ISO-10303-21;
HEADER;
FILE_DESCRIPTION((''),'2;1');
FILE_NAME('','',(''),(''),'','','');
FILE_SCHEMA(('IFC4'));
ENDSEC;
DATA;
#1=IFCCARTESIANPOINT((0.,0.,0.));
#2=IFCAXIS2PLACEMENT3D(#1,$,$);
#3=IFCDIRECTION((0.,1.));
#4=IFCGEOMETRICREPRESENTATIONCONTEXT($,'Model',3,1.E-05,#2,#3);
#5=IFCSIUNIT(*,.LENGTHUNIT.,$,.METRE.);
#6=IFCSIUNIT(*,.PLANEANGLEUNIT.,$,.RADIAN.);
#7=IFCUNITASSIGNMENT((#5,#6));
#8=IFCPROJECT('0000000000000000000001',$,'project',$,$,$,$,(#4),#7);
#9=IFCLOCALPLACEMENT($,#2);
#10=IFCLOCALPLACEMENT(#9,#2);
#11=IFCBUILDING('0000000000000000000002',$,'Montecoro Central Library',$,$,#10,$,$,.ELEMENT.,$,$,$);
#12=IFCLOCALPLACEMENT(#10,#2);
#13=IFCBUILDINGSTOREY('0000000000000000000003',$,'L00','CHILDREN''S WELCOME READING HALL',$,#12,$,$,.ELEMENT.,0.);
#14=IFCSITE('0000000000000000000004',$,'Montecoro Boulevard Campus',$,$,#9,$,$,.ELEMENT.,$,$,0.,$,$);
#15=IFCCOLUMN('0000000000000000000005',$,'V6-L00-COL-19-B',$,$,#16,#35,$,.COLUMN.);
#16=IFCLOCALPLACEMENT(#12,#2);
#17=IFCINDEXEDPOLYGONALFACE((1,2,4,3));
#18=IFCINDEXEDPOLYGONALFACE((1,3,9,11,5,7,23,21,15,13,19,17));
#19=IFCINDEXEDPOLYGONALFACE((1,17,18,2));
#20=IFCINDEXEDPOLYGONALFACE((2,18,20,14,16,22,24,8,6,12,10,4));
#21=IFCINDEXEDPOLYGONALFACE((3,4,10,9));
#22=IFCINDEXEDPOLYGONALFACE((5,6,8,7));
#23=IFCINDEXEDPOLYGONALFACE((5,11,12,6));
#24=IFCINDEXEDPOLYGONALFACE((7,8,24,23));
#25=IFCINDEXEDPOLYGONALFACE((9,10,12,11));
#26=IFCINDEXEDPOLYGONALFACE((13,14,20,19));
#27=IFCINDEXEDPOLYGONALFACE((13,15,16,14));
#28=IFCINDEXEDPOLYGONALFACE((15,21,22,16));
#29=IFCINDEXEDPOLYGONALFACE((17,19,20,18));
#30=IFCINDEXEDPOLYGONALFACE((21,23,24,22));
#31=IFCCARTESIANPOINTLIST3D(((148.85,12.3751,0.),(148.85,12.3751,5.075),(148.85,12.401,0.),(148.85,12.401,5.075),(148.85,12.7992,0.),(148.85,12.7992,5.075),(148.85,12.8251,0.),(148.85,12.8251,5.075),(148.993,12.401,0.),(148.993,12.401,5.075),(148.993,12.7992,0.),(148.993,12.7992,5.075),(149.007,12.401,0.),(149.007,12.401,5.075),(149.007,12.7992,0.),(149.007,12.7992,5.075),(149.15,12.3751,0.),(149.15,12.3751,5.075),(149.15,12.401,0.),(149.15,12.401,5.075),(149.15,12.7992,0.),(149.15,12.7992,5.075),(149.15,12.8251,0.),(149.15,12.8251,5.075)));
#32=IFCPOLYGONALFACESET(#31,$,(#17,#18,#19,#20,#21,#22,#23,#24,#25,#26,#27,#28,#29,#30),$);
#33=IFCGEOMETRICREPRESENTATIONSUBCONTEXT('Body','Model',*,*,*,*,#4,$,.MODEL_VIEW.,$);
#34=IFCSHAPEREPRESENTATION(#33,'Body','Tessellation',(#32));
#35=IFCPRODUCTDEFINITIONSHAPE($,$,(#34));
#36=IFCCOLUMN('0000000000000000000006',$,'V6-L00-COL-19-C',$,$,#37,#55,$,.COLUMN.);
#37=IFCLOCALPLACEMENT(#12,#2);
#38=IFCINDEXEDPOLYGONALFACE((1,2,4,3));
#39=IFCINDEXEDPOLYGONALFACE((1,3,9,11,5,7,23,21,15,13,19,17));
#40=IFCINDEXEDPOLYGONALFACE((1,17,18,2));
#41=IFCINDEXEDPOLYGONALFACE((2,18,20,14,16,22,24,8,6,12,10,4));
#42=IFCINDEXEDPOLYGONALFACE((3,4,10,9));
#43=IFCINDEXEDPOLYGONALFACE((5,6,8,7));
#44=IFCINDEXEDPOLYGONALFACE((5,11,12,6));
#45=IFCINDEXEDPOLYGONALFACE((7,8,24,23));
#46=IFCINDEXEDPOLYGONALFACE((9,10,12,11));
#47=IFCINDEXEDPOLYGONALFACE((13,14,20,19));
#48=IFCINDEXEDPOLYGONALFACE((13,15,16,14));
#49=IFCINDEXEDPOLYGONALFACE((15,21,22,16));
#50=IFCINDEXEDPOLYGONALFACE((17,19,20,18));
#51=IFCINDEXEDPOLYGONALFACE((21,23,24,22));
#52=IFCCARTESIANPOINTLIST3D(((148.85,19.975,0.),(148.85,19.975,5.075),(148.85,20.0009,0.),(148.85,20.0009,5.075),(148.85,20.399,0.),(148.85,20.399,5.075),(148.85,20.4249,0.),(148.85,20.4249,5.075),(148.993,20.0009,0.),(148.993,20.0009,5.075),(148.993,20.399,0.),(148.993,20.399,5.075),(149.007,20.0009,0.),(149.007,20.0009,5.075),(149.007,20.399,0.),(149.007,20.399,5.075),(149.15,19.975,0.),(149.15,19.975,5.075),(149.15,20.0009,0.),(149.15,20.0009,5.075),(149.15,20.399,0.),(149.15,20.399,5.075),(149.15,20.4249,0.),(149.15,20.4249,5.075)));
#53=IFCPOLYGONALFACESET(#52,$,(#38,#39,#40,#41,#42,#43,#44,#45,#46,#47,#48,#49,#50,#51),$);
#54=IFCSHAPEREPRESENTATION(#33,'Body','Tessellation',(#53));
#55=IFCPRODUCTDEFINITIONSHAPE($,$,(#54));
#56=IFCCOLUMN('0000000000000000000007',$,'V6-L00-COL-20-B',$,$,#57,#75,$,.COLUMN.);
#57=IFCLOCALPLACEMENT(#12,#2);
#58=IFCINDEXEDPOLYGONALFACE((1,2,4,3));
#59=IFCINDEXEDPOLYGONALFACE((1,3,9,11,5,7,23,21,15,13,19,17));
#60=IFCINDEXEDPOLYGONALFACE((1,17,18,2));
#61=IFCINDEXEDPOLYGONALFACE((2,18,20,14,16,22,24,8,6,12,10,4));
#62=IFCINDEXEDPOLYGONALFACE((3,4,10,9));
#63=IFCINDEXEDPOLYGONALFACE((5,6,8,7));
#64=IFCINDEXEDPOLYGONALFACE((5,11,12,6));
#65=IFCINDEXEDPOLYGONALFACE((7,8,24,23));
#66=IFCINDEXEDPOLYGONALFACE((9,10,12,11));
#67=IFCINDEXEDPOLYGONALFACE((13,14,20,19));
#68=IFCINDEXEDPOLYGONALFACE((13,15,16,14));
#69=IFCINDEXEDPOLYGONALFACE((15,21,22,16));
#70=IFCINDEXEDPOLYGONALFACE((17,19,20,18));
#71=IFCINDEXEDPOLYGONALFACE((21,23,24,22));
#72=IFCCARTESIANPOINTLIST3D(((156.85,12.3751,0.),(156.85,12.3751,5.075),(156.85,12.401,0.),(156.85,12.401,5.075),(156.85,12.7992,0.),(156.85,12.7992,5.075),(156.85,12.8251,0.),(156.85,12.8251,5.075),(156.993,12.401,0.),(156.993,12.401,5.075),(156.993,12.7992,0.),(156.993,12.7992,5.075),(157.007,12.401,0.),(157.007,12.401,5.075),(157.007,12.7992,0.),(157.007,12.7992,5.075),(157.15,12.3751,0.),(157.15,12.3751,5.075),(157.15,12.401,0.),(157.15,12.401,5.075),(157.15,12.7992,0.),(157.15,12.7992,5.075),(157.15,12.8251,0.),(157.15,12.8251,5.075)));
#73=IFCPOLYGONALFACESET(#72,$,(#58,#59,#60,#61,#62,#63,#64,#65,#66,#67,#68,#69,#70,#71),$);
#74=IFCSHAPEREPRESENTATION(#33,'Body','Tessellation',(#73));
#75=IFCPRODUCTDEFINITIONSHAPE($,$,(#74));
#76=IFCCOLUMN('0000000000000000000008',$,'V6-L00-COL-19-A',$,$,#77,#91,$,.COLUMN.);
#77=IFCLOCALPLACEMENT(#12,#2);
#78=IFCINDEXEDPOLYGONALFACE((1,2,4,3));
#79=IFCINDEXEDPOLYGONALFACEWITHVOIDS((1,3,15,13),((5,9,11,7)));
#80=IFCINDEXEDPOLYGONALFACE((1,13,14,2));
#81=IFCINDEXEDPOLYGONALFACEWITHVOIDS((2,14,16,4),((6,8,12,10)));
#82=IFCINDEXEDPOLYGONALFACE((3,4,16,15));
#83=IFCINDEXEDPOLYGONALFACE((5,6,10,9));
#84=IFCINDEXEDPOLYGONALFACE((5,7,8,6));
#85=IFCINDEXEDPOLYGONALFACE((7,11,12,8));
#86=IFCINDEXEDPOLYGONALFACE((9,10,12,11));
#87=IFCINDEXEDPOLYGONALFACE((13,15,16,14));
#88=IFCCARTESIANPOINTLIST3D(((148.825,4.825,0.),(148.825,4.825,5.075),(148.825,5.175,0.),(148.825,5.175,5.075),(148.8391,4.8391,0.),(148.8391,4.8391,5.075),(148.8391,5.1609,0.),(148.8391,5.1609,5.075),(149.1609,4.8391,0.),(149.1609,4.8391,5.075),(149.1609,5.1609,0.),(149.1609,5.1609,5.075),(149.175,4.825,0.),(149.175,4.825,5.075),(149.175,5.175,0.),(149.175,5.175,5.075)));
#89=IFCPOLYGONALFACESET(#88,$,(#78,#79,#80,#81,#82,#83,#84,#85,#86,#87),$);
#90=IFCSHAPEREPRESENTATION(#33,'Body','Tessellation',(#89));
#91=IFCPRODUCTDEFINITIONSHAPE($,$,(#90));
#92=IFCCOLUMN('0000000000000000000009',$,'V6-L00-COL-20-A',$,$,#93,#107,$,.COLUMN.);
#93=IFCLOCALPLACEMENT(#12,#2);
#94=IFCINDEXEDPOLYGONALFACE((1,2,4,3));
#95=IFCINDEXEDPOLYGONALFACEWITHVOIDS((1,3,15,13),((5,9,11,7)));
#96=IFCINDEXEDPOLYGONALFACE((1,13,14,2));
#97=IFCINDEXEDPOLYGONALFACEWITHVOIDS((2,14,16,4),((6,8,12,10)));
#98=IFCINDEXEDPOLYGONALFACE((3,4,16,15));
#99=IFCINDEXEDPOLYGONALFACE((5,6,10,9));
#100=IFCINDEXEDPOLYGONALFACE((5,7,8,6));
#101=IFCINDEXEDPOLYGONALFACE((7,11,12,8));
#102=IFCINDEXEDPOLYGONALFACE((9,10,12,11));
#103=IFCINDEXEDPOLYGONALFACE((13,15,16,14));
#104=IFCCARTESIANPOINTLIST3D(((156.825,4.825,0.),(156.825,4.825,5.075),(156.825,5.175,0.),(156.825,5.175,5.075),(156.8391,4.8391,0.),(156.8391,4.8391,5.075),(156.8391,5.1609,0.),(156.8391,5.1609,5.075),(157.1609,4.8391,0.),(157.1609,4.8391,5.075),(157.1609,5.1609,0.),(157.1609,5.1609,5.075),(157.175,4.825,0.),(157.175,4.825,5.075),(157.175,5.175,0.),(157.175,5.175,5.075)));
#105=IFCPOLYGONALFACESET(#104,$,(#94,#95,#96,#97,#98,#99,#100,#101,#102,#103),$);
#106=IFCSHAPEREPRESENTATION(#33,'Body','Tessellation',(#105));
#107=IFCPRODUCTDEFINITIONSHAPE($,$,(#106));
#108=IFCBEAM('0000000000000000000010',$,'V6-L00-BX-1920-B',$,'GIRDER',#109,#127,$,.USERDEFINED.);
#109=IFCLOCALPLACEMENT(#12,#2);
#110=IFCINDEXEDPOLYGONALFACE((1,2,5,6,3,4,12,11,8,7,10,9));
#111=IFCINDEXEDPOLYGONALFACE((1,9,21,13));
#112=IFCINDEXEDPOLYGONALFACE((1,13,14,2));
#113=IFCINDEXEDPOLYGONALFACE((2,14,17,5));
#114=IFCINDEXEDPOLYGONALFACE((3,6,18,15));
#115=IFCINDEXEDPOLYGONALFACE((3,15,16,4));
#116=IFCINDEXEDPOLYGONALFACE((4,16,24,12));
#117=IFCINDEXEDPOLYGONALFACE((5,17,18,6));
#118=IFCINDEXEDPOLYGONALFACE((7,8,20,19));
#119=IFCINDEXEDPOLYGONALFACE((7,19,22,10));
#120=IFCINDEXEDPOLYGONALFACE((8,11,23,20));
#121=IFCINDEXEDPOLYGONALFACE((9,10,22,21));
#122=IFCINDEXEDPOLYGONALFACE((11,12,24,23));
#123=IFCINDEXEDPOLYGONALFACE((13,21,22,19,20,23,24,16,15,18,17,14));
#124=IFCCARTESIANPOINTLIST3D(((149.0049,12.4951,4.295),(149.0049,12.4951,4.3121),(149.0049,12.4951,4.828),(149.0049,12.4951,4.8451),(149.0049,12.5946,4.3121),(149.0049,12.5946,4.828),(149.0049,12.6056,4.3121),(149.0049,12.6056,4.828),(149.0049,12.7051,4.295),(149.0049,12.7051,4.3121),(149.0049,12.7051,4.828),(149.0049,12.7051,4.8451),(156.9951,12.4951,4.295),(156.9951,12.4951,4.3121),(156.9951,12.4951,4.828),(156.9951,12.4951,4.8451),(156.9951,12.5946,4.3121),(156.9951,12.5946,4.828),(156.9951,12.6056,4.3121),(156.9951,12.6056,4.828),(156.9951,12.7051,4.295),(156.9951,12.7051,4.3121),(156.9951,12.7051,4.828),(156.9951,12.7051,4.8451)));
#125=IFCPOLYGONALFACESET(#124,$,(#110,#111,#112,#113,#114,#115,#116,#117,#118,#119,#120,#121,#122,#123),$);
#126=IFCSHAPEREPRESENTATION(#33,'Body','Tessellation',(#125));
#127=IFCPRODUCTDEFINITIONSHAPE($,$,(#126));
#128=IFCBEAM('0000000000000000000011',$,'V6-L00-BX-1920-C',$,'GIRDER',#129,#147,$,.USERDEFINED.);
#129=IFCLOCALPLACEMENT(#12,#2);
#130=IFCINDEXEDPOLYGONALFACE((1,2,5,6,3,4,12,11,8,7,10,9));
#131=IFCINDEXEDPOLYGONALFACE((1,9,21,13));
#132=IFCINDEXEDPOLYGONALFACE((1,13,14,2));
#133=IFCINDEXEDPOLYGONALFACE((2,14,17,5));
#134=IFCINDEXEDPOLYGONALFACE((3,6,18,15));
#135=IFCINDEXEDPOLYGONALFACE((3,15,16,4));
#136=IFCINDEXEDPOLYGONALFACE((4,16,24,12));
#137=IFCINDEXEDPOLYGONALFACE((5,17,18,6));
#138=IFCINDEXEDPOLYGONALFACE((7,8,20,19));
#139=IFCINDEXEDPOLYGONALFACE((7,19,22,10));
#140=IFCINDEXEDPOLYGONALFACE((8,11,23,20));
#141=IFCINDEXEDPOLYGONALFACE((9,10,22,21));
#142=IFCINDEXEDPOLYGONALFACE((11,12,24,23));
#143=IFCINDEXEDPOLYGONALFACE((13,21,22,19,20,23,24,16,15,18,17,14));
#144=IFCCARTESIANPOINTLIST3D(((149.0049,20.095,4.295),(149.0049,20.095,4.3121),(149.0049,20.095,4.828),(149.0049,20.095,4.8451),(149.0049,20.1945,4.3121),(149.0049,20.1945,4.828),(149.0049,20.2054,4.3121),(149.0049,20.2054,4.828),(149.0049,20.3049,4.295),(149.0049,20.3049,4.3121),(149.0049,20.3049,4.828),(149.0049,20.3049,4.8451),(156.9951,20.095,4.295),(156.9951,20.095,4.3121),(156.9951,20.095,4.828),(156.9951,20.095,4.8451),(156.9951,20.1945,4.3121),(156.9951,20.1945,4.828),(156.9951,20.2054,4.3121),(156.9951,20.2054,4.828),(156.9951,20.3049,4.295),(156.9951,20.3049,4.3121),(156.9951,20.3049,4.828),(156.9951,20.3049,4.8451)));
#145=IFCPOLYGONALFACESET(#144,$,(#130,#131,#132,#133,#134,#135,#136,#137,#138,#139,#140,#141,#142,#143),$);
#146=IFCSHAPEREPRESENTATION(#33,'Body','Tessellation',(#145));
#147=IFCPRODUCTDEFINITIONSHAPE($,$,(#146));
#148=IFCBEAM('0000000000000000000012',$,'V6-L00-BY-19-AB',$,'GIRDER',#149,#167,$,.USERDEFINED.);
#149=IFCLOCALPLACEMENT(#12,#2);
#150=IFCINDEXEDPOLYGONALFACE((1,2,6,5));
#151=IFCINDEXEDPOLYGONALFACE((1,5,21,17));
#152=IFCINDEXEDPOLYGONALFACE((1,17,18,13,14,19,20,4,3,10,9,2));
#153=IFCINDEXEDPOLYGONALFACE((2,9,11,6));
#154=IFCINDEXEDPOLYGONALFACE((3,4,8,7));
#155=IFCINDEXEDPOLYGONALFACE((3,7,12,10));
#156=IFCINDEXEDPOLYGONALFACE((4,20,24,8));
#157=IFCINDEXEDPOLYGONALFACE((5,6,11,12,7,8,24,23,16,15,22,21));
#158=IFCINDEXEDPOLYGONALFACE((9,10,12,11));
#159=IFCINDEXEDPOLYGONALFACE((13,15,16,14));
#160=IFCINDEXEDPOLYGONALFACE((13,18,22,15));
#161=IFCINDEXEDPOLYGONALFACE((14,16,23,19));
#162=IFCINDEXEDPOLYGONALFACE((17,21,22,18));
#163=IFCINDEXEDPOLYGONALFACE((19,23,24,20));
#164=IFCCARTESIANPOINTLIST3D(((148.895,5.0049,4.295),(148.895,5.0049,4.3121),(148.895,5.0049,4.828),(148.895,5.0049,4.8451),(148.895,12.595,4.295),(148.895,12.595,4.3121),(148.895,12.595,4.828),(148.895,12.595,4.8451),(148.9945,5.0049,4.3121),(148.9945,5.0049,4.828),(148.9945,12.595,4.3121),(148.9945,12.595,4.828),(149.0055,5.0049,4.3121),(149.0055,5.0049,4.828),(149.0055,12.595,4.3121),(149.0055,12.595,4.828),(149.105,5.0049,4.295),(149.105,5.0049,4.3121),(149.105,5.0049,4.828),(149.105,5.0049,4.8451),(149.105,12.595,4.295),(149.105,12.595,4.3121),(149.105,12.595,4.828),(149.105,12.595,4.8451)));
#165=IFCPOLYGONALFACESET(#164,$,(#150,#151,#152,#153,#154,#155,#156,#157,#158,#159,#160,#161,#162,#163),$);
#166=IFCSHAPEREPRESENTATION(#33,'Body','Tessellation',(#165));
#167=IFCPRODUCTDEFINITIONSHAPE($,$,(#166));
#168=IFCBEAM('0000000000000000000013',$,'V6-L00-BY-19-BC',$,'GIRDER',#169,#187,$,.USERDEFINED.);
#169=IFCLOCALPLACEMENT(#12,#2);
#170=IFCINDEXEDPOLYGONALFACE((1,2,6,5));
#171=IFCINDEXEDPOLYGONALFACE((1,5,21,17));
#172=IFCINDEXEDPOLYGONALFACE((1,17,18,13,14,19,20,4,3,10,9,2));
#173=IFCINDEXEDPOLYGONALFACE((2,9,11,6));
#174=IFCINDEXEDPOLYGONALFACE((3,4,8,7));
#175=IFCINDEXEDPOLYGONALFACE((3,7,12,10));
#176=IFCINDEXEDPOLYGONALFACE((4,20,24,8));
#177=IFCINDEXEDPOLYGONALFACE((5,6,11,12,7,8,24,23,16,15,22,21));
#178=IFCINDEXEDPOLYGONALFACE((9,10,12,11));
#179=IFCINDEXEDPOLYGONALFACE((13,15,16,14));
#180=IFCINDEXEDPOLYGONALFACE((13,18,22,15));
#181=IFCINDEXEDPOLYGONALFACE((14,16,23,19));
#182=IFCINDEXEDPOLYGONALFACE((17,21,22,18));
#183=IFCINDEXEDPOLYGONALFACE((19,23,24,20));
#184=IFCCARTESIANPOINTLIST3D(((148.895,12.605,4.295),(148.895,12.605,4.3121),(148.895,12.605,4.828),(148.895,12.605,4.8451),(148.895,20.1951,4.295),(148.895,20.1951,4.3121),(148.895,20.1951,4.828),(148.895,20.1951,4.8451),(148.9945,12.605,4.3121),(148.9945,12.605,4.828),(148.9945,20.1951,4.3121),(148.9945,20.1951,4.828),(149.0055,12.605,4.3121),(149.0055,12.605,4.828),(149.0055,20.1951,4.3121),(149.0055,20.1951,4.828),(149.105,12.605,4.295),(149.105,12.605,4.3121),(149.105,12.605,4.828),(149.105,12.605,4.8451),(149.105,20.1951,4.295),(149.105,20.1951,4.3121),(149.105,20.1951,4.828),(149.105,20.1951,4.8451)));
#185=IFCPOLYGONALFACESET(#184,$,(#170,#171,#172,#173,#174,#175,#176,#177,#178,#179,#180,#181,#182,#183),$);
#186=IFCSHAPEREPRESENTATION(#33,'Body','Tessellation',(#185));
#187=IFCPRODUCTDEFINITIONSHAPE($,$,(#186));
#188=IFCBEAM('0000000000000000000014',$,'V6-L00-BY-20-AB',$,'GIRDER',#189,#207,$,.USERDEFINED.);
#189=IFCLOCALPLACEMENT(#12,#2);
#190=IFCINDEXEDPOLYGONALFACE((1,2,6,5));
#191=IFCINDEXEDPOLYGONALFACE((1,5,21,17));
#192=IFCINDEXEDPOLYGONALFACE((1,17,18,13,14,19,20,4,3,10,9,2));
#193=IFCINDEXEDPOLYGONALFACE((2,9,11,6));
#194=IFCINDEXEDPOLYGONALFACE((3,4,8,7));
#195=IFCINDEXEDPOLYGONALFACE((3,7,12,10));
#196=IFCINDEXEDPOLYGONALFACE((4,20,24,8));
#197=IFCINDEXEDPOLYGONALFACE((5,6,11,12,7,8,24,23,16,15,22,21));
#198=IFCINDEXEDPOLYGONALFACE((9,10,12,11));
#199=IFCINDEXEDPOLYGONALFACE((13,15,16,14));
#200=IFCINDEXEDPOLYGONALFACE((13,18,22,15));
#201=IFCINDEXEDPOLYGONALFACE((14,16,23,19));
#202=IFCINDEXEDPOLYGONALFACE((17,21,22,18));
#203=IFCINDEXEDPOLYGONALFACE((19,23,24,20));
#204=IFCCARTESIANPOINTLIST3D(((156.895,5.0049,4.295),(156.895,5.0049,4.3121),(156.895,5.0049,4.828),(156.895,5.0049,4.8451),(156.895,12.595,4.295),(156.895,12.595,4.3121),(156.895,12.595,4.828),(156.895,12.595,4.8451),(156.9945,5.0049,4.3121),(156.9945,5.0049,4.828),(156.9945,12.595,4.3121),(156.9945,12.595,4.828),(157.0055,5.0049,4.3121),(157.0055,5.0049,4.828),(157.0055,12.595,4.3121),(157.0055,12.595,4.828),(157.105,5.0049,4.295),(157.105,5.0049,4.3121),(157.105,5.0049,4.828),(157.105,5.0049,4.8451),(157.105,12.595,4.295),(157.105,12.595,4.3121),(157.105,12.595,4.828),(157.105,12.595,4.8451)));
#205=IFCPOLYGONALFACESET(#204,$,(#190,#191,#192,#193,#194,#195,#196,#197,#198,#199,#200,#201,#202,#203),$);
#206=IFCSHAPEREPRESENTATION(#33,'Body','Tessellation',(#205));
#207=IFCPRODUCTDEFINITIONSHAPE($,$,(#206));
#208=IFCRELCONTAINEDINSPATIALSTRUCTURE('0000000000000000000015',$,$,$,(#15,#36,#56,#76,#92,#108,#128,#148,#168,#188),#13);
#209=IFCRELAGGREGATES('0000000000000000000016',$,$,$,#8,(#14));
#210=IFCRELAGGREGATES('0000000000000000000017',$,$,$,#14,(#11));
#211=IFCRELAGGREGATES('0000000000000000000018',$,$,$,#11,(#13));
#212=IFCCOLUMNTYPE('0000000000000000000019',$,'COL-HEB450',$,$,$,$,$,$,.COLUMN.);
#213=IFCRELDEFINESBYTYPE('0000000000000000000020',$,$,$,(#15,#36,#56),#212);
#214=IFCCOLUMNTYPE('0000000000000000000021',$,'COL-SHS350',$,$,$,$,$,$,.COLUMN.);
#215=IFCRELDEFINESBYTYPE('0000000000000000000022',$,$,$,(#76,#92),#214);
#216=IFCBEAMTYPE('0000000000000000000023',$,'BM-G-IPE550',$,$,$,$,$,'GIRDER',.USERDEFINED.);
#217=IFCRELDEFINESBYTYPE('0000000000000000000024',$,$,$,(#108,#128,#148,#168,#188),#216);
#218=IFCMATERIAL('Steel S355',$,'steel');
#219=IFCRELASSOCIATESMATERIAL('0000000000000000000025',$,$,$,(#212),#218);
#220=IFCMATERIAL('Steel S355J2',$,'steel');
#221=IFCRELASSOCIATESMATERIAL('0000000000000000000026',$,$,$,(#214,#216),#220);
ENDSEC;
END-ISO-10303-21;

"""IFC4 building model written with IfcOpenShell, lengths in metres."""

from ifc_helpers import new_model, si_unit, direction, frame, origin, origin_2d, place, context, subcontext, project, spatial, hollow_rectangle, i_section, extrude, material, material_profile, profile_set, type_object, element, save


model = new_model("IFC4")

# Units and contexts
model_context = context("Model", 3, precision=1e-05, world=origin(), true_north=direction((0.0, 1.0)))
body_context = subcontext(model_context, "Body", "Model", "MODEL_VIEW")
ifc_project = project(units=[si_unit("LENGTHUNIT", "METRE"), si_unit("PLANEANGLEUNIT", "RADIAN")], contexts=[model_context])

# Site, building, storey
site_placement = place(None, origin())
site = spatial("IfcSite", under=ifc_project, at=site_placement, Name="Montecoro Boulevard Campus", CompositionType="ELEMENT", RefElevation=0.0)
building_placement = place(site_placement, origin())
building = spatial("IfcBuilding", under=site, at=building_placement, Name="Montecoro Central Library", CompositionType="ELEMENT")
storey_placement = place(building_placement, origin())
storey = spatial("IfcBuildingStorey", under=building, at=storey_placement, Name="L00", Description="CHILDREN'S WELCOME READING HALL", CompositionType="ELEMENT", Elevation=0.0)

# Columns
ifc_material_1 = material(Name="Steel S355", Category="steel")
ifc_material_profile_1 = material_profile(ifc_material_1, i_section(OverallWidth=0.3, OverallDepth=0.45, WebThickness=0.0139, FlangeThickness=0.0259, at=origin_2d()), Name="HEB 450")
ifc_profile_set_1 = profile_set([ifc_material_profile_1], Name="Steel S355")
column_type_1 = type_object("IfcColumnType", Name="COL-HEB450", PredefinedType="COLUMN", material=ifc_profile_set_1)
for number, where, z_axis, x_axis, name in (
    (1, (149.0, 12.6001, 0.0), (0.0, 0.0, 1.0), (1.0, 0.0, 0.0), "V6-L00-COL-19-B"),
    (2, (149.0, 20.2, 0.0), (0.0, 0.0, 1.0), (1.0, 0.0, 0.0), "V6-L00-COL-19-C"),
    (3, (157.0, 12.6001, 0.0), (0.0, 0.0, 1.0), (1.0, 0.0, 0.0), "V6-L00-COL-20-B"),
):
    element("IfcColumn", number, at=place(storey_placement, frame(where, z_axis=z_axis, x_axis=x_axis)), inside=storey, type_object=column_type_1, Name=name, PredefinedType="COLUMN", context=body_context, shape_type="SweptSolid", body=[
        extrude(i_section(OverallWidth=0.3, OverallDepth=0.45, WebThickness=0.0139, FlangeThickness=0.0259, at=origin_2d()), origin(), (0.0, 0.0, 1.0), 5.075),
    ])
ifc_material_2 = material(Name="Steel S355J2", Category="steel")
ifc_material_profile_2 = material_profile(ifc_material_2, hollow_rectangle(XDim=0.3501, YDim=0.3501, WallThickness=0.0142, at=origin_2d()), Name="SHS 350x350x14.2")
ifc_profile_set_2 = profile_set([ifc_material_profile_2], Name="Steel S355J2")
column_type_2 = type_object("IfcColumnType", Name="COL-SHS350", PredefinedType="COLUMN", material=ifc_profile_set_2)
for number, where, z_axis, x_axis, name in (
    (4, (149.0, 5.0, 0.0), (0.0, 0.0, 1.0), (1.0, 0.0, 0.0), "V6-L00-COL-19-A"),
    (5, (157.0, 5.0, 0.0), (0.0, 0.0, 1.0), (1.0, 0.0, 0.0), "V6-L00-COL-20-A"),
):
    element("IfcColumn", number, at=place(storey_placement, frame(where, z_axis=z_axis, x_axis=x_axis)), inside=storey, type_object=column_type_2, Name=name, PredefinedType="COLUMN", context=body_context, shape_type="SweptSolid", body=[
        extrude(hollow_rectangle(XDim=0.3501, YDim=0.3501, WallThickness=0.0142, at=origin_2d()), origin(), (0.0, 0.0, 1.0), 5.075),
    ])

# Beams
ifc_material_profile_3 = material_profile(ifc_material_2, i_section(OverallWidth=0.21, OverallDepth=0.55, WebThickness=0.011, FlangeThickness=0.0171, at=origin_2d()), Name="IPE 550")
ifc_profile_set_3 = profile_set([ifc_material_profile_3], Name="Steel S355J2")
beam_type_1 = type_object("IfcBeamType", Name="BM-G-IPE550", ElementType="GIRDER", PredefinedType="USERDEFINED", material=ifc_profile_set_3)
for number, where, z_axis, x_axis, name in (
    (6, (149.0049, 12.6001, 4.5701), (1.0, 0.0, 0.0), (0.0, 1.0, 0.0), "V6-L00-BX-1920-B"),
    (7, (149.0049, 20.2, 4.5701), (1.0, 0.0, 0.0), (0.0, 1.0, 0.0), "V6-L00-BX-1920-C"),
):
    element("IfcBeam", number, at=place(storey_placement, frame(where, z_axis=z_axis, x_axis=x_axis)), inside=storey, type_object=beam_type_1, Name=name, ObjectType="GIRDER", PredefinedType="USERDEFINED", context=body_context, shape_type="SweptSolid", body=[
        extrude(i_section(OverallWidth=0.21, OverallDepth=0.55, WebThickness=0.011, FlangeThickness=0.0171, at=origin_2d()), origin(), (0.0, 0.0, 1.0), 7.9902),
    ])
for number, where, z_axis, x_axis, name in (
    (8, (149.0, 5.0049, 4.5701), (0.0, 1.0, 0.0), (-1.0, 0.0, 0.0), "V6-L00-BY-19-AB"),
    (9, (149.0, 12.605, 4.5701), (0.0, 1.0, 0.0), (-1.0, 0.0, 0.0), "V6-L00-BY-19-BC"),
    (10, (157.0, 5.0049, 4.5701), (0.0, 1.0, 0.0), (-1.0, 0.0, 0.0), "V6-L00-BY-20-AB"),
):
    element("IfcBeam", number, at=place(storey_placement, frame(where, z_axis=z_axis, x_axis=x_axis)), inside=storey, type_object=beam_type_1, Name=name, ObjectType="GIRDER", PredefinedType="USERDEFINED", context=body_context, shape_type="SweptSolid", body=[
        extrude(i_section(OverallWidth=0.21, OverallDepth=0.55, WebThickness=0.011, FlangeThickness=0.0171, at=origin_2d()), origin(), (0.0, 0.0, 1.0), 7.5901),
    ])

save(model, "model.ifc")
